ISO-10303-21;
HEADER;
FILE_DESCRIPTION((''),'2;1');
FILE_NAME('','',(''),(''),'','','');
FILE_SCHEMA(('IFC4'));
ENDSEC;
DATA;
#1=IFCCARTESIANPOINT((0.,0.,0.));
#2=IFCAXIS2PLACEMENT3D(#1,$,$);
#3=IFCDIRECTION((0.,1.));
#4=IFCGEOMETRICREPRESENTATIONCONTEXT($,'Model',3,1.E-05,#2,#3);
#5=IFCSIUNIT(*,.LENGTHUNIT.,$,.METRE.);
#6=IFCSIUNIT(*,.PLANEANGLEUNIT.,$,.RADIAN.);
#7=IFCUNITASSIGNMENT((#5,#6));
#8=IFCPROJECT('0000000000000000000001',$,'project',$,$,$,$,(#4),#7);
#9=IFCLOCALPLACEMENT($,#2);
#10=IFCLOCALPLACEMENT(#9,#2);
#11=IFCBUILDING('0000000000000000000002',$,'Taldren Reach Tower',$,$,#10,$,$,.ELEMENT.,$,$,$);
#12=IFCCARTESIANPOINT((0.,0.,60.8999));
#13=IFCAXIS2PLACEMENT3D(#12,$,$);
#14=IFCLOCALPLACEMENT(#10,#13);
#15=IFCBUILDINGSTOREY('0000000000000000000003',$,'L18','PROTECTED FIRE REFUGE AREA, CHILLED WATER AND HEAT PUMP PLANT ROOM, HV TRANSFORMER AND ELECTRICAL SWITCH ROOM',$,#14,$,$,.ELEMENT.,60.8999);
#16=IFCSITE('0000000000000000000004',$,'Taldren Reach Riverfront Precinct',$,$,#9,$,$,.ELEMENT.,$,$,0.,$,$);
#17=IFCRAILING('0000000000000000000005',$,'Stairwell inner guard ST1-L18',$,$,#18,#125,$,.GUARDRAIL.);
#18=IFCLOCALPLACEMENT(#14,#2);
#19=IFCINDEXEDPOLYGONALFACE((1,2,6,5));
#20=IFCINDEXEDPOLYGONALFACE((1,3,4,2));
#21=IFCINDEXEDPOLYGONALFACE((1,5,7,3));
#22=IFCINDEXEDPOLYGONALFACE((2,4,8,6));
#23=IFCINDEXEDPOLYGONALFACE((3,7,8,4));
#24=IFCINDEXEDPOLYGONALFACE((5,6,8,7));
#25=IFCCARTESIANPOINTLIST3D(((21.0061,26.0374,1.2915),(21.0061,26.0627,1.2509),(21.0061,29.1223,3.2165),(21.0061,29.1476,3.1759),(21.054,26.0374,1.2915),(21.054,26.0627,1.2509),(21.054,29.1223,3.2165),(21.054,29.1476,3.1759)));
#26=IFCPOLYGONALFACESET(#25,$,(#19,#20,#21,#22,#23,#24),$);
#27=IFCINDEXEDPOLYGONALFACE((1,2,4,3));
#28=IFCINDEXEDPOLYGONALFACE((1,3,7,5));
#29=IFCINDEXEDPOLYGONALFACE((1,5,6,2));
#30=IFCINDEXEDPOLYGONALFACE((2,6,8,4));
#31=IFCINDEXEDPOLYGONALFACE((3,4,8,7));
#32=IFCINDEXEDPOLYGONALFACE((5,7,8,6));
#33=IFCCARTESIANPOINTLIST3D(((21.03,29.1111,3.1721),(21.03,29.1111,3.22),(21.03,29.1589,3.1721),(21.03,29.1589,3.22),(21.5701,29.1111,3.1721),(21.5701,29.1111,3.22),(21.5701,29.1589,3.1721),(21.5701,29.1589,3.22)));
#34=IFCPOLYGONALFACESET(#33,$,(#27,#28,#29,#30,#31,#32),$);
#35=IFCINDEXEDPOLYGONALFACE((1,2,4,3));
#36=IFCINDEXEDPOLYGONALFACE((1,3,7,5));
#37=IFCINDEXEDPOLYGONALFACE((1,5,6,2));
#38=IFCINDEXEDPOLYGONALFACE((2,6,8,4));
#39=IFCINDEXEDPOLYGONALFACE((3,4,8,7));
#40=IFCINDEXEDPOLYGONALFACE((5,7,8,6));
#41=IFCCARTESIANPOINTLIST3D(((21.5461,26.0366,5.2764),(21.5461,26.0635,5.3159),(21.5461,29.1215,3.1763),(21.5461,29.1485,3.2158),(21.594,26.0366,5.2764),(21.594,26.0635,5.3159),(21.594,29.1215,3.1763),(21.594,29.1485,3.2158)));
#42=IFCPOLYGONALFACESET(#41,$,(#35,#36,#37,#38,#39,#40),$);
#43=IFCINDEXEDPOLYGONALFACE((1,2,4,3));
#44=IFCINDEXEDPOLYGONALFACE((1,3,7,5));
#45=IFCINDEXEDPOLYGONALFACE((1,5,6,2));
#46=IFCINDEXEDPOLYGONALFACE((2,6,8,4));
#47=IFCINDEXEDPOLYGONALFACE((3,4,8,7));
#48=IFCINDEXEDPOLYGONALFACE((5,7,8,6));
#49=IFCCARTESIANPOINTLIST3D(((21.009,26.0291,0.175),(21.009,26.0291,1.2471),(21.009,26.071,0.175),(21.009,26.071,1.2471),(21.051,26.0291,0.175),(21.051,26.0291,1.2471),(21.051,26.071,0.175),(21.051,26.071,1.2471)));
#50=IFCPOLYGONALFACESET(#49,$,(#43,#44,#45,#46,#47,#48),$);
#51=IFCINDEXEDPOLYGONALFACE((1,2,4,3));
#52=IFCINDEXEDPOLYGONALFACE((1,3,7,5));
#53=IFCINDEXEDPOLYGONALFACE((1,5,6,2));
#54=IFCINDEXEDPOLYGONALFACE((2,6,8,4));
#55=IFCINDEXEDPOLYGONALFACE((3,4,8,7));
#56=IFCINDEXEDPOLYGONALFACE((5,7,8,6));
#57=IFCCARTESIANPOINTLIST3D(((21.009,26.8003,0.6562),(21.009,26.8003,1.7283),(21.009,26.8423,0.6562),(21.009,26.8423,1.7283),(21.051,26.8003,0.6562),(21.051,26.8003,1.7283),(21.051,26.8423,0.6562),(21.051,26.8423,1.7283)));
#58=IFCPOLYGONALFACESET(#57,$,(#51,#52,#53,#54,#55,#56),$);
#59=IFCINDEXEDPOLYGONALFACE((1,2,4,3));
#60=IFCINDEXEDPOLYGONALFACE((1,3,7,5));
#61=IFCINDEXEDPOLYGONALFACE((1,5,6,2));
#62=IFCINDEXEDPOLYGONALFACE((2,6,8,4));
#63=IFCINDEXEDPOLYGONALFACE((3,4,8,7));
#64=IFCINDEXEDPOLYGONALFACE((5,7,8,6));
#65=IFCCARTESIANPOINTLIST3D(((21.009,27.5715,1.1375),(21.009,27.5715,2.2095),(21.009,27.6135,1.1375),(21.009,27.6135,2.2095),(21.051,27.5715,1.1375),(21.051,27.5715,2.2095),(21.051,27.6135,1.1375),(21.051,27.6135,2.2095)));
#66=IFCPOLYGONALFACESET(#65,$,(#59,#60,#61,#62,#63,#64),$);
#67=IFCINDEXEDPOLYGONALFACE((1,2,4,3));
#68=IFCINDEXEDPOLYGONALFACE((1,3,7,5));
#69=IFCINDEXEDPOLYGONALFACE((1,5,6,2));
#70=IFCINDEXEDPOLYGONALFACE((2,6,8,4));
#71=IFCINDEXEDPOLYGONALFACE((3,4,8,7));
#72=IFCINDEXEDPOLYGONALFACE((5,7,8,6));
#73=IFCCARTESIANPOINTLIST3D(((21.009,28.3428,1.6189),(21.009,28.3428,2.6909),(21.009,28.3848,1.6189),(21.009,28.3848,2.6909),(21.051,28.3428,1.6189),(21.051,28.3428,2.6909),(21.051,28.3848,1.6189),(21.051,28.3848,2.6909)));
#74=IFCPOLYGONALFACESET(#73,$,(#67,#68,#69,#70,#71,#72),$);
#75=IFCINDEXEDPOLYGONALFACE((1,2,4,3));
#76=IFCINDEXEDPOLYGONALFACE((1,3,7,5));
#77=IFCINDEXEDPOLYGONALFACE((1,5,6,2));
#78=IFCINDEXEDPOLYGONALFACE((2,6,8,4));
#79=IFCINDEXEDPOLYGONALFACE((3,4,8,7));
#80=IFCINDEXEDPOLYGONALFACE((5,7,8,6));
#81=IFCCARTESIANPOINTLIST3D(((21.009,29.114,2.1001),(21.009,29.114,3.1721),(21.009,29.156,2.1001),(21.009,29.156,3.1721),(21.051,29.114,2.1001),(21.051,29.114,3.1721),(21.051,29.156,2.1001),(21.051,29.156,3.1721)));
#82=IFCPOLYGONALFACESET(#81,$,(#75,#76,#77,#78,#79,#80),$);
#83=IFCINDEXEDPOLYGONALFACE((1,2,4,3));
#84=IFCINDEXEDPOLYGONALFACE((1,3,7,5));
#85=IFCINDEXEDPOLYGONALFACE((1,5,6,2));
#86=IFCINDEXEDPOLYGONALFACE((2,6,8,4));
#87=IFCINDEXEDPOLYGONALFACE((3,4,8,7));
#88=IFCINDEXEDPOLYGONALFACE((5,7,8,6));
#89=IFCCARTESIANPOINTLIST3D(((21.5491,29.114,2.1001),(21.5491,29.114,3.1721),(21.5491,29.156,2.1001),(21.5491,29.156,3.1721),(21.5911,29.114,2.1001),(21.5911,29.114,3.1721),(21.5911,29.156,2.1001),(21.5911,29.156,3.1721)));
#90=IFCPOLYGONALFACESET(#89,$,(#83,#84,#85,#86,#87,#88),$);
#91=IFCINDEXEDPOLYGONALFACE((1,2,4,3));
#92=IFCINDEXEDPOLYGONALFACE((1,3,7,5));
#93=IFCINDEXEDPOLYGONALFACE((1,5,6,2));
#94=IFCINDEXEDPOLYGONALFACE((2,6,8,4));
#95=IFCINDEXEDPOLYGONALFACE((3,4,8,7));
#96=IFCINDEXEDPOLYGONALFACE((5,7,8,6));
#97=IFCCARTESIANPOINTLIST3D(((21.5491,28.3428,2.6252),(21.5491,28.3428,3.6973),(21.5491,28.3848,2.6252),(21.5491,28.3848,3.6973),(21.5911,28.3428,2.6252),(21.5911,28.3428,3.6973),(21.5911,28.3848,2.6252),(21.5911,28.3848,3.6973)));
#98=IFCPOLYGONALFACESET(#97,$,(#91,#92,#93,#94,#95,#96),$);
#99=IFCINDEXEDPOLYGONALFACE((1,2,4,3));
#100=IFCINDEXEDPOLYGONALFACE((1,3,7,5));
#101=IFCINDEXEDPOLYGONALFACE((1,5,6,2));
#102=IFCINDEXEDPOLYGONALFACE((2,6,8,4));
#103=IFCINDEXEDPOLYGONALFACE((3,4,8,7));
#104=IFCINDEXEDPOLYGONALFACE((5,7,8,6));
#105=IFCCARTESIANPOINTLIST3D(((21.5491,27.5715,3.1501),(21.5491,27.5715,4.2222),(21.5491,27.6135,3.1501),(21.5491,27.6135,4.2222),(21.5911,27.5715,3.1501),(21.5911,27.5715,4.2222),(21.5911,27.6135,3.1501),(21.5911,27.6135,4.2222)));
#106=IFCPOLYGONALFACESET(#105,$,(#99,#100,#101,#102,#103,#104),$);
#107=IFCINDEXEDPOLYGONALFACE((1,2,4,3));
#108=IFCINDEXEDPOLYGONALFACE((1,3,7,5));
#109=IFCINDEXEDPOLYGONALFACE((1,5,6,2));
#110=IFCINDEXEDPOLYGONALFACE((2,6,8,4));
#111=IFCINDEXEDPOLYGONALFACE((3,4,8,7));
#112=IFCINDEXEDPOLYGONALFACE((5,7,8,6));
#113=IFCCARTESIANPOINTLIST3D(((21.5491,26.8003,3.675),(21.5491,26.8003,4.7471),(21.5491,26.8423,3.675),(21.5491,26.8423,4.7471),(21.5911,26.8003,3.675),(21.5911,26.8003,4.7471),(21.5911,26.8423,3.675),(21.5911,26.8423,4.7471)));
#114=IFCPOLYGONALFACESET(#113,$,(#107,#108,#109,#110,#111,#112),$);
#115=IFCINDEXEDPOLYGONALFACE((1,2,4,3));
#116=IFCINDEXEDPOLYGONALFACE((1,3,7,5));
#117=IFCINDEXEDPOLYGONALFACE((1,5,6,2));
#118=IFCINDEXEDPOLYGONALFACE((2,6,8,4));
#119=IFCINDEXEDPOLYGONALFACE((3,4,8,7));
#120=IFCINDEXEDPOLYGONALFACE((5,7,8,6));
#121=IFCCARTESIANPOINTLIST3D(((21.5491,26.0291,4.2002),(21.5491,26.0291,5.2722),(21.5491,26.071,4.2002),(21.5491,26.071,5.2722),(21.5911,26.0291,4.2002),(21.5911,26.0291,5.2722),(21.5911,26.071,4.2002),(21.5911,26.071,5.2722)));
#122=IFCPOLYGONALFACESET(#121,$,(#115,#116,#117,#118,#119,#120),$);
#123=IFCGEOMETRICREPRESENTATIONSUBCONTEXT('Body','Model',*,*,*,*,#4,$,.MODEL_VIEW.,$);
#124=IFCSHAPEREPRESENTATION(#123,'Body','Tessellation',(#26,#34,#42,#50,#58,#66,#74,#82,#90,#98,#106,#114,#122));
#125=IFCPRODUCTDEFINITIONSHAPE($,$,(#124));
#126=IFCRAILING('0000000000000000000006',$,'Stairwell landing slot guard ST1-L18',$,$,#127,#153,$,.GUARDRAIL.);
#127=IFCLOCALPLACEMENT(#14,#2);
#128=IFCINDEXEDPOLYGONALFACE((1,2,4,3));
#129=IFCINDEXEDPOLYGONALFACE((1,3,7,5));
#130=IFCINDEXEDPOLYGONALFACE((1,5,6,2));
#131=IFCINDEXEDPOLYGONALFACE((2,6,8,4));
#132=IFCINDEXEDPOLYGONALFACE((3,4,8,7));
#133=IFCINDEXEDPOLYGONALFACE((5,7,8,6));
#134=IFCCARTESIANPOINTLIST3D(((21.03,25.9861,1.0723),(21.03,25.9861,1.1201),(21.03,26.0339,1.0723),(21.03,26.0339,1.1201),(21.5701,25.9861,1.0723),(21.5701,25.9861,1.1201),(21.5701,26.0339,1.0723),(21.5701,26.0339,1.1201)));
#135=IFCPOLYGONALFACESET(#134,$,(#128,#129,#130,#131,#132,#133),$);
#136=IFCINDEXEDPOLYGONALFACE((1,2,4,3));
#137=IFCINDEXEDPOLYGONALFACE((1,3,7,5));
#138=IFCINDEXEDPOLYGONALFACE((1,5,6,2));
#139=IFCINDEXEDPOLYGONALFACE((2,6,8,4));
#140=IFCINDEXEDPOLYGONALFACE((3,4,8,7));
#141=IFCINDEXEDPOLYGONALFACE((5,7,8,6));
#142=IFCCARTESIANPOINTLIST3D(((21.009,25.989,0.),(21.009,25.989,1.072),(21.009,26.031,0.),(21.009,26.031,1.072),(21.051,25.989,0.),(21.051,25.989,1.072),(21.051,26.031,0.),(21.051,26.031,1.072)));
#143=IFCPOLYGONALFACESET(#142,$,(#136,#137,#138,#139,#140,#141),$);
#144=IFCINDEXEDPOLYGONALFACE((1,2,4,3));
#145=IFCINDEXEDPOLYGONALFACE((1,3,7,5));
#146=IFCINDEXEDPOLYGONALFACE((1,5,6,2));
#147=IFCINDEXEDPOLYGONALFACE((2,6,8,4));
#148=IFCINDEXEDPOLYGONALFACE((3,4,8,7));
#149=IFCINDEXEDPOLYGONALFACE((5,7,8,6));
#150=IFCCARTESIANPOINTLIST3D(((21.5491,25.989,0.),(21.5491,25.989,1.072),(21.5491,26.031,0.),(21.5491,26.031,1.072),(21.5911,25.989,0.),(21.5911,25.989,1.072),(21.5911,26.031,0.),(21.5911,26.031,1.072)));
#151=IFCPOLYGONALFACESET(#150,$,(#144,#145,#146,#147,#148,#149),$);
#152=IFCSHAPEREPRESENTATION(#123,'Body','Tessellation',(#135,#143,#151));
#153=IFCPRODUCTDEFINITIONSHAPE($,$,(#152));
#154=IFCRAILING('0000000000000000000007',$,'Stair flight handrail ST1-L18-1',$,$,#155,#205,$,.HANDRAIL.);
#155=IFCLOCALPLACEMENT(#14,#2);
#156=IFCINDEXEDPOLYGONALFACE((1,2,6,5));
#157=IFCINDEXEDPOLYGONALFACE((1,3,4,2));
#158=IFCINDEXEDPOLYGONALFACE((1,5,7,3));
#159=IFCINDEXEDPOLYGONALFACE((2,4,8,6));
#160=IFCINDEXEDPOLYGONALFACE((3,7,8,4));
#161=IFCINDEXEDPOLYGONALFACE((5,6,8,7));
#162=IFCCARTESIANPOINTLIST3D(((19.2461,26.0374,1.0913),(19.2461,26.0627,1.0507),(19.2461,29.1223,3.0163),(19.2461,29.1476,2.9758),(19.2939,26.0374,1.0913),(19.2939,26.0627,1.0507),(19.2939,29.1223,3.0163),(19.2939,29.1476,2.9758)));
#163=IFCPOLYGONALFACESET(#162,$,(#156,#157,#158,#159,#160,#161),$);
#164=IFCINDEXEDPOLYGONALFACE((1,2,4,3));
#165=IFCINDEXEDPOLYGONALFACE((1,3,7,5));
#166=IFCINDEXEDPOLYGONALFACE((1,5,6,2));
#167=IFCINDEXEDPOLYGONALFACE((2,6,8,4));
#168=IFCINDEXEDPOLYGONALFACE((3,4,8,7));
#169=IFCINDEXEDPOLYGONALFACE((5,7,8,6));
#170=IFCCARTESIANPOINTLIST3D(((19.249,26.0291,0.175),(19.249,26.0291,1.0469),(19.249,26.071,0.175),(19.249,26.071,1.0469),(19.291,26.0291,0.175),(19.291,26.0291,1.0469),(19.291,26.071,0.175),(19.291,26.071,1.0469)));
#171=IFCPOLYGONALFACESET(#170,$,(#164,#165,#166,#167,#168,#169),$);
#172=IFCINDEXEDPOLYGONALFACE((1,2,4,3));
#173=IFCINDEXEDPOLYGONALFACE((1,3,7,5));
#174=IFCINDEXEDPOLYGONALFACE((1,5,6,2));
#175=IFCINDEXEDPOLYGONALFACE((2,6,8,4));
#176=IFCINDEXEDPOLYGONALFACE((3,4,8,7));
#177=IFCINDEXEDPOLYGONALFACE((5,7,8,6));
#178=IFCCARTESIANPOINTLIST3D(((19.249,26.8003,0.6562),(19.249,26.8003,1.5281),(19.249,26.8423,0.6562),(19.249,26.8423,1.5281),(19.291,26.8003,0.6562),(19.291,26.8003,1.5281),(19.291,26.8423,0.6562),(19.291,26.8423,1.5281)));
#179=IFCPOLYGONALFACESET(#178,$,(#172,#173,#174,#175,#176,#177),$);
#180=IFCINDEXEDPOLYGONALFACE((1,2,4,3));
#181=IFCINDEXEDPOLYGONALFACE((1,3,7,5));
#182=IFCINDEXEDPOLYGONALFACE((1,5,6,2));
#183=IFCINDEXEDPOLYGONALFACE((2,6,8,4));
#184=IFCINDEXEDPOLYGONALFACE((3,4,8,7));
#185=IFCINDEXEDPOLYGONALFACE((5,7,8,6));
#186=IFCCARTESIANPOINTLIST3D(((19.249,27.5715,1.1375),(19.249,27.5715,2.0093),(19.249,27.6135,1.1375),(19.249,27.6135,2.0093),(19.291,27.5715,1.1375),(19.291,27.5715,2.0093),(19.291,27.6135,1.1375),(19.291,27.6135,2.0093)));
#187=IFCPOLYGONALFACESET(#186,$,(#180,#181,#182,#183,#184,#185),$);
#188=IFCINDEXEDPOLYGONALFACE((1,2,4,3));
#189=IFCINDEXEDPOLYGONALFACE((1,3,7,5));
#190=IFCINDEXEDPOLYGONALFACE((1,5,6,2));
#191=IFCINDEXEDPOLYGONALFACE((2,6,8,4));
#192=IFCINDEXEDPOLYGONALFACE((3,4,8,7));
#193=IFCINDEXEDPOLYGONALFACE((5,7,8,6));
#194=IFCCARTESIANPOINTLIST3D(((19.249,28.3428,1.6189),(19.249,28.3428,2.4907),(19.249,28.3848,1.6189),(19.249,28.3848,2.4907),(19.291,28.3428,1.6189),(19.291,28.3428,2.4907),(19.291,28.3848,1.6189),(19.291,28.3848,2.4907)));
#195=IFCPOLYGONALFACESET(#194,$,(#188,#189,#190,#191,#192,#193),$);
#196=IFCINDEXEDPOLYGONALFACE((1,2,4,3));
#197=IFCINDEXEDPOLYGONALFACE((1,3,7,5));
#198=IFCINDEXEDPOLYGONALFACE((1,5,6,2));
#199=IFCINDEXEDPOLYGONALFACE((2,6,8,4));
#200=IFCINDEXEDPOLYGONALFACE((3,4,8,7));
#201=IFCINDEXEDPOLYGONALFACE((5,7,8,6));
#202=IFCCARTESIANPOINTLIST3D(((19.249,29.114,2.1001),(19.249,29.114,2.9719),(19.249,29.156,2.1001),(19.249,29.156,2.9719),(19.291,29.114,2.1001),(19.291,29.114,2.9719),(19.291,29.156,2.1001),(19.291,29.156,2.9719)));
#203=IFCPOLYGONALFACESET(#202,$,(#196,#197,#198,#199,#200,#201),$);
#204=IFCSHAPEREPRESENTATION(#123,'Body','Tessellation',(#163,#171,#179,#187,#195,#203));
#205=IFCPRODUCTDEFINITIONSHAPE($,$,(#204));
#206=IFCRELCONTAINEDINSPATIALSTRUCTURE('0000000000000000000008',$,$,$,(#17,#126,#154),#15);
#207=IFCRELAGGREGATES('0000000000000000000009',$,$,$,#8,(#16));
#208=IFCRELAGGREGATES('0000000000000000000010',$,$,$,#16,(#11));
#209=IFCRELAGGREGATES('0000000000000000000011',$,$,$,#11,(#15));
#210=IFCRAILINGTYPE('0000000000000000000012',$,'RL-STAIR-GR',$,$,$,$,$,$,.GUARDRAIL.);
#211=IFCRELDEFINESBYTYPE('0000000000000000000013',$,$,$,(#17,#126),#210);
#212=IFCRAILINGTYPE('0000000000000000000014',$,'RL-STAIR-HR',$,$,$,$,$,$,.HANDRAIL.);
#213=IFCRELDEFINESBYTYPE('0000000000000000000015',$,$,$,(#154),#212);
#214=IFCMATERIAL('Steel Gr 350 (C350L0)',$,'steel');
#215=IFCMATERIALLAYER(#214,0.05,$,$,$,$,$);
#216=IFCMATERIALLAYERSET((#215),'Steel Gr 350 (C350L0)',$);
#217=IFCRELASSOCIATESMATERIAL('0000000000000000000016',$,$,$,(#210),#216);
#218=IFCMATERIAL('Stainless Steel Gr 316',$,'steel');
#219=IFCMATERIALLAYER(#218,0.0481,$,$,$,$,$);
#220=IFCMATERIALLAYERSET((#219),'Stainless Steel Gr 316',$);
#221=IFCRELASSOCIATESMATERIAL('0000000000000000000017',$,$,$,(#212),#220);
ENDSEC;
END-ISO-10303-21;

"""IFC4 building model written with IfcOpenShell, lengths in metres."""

from ifc_helpers import new_model, si_unit, direction, frame, origin, origin_2d, place, context, subcontext, project, spatial, rectangle, extrude, material, layer, layer_set, type_object, element, save


model = new_model("IFC4")

# Units and contexts
model_context = context("Model", 3, precision=1e-05, world=origin(), true_north=direction((0.0, 1.0)))
body_context = subcontext(model_context, "Body", "Model", "MODEL_VIEW")
ifc_project = project(units=[si_unit("LENGTHUNIT", "METRE"), si_unit("PLANEANGLEUNIT", "RADIAN")], contexts=[model_context])

# Site, building, storey
site_placement = place(None, origin())
site = spatial("IfcSite", under=ifc_project, at=site_placement, Name="Taldren Reach Riverfront Precinct", CompositionType="ELEMENT", RefElevation=0.0)
building_placement = place(site_placement, origin())
building = spatial("IfcBuilding", under=site, at=building_placement, Name="Taldren Reach Tower", CompositionType="ELEMENT")
storey_placement = place(building_placement, frame((0.0, 0.0, 60.8999)))
storey = spatial("IfcBuildingStorey", under=building, at=storey_placement, Name="L18", Description="PROTECTED FIRE REFUGE AREA, CHILLED WATER AND HEAT PUMP PLANT ROOM, HV TRANSFORMER AND ELECTRICAL SWITCH ROOM", CompositionType="ELEMENT", Elevation=60.8999)

# Shared definitions
ifc_material_1 = material(Name="Steel Gr 350 (C350L0)", Category="steel")

# Railings
ifc_layer_1 = layer(ifc_material_1, 0.05)
ifc_layer_set_1 = layer_set([ifc_layer_1], Name="Steel Gr 350 (C350L0)")
railing_type_1 = type_object("IfcRailingType", Name="RL-STAIR-GR", PredefinedType="GUARDRAIL", material=ifc_layer_set_1)
railing_1_placement = place(storey_placement, frame((21.03, 26.05, 0.175)))
element("IfcRailing", 1, at=railing_1_placement, inside=storey, type_object=railing_type_1, Name="Stairwell inner guard ST1-L18", PredefinedType="GUARDRAIL", context=body_context, shape_type="SweptSolid", body=[
    extrude(rectangle(XDim=0.0479, YDim=0.0479, at=origin_2d()), frame((0.0, 0.0, 1.0962), z_axis=(0.0, 0.848375, 0.529395), x_axis=(-1.0, 0.0, 0.0)), (0.0, 0.0, 1.0), 3.6362),
    extrude(rectangle(XDim=0.0479, YDim=0.0479, at=origin_2d()), frame((0.0, 3.085, 3.021), z_axis=(1.0, 0.0, 0.0), x_axis=(0.0, 1.0, 0.0)), (0.0, 0.0, 1.0), 0.54),
    extrude(rectangle(XDim=0.0479, YDim=0.0479, at=origin_2d()), frame((0.54, 3.085, 3.021), z_axis=(0.0, -0.826637, 0.562736), x_axis=(1.0, 0.0, 0.0)), (0.0, 0.0, 1.0), 3.7319),
    extrude(rectangle(XDim=0.042, YDim=0.042, at=origin_2d()), origin(), (0.0, 0.0, 1.0), 1.072),
    extrude(rectangle(XDim=0.042, YDim=0.042, at=origin_2d()), frame((0.0, 0.7712, 0.4812)), (0.0, 0.0, 1.0), 1.072),
    extrude(rectangle(XDim=0.042, YDim=0.042, at=origin_2d()), frame((0.0, 1.5425, 0.9624)), (0.0, 0.0, 1.0), 1.072),
    extrude(rectangle(XDim=0.042, YDim=0.042, at=origin_2d()), frame((0.0, 2.3137, 1.4438)), (0.0, 0.0, 1.0), 1.072),
    extrude(rectangle(XDim=0.042, YDim=0.042, at=origin_2d()), frame((0.0, 3.085, 1.925)), (0.0, 0.0, 1.0), 1.072),
    extrude(rectangle(XDim=0.042, YDim=0.042, at=origin_2d()), frame((0.54, 3.085, 1.925)), (0.0, 0.0, 1.0), 1.072),
    extrude(rectangle(XDim=0.042, YDim=0.042, at=origin_2d()), frame((0.54, 2.3137, 2.4502)), (0.0, 0.0, 1.0), 1.072),
    extrude(rectangle(XDim=0.042, YDim=0.042, at=origin_2d()), frame((0.54, 1.5425, 2.9751)), (0.0, 0.0, 1.0), 1.072),
    extrude(rectangle(XDim=0.042, YDim=0.042, at=origin_2d()), frame((0.54, 0.7712, 3.5)), (0.0, 0.0, 1.0), 1.072),
    extrude(rectangle(XDim=0.042, YDim=0.042, at=origin_2d()), frame((0.54, 0.0, 4.0251)), (0.0, 0.0, 1.0), 1.072),
])
railing_2_placement = place(storey_placement, frame((21.03, 26.01, 0.0)))
element("IfcRailing", 2, at=railing_2_placement, inside=storey, type_object=railing_type_1, Name="Stairwell landing slot guard ST1-L18", PredefinedType="GUARDRAIL", context=body_context, shape_type="SweptSolid", body=[
    extrude(rectangle(XDim=0.0479, YDim=0.0479, at=origin_2d()), frame((0.0, 0.0, 1.0962), z_axis=(1.0, 0.0, 0.0), x_axis=(0.0, 1.0, 0.0)), (0.0, 0.0, 1.0), 0.54),
    extrude(rectangle(XDim=0.042, YDim=0.042, at=origin_2d()), origin(), (0.0, 0.0, 1.0), 1.072),
    extrude(rectangle(XDim=0.042, YDim=0.042, at=origin_2d()), frame((0.54, 0.0, 0.0)), (0.0, 0.0, 1.0), 1.072),
])
ifc_material_2 = material(Name="Stainless Steel Gr 316", Category="steel")
ifc_layer_2 = layer(ifc_material_2, 0.0481)
ifc_layer_set_2 = layer_set([ifc_layer_2], Name="Stainless Steel Gr 316")
railing_type_2 = type_object("IfcRailingType", Name="RL-STAIR-HR", PredefinedType="HANDRAIL", material=ifc_layer_set_2)
railing_3_placement = place(storey_placement, frame((19.27, 26.05, 0.175)))
element("IfcRailing", 3, at=railing_3_placement, inside=storey, type_object=railing_type_2, Name="Stair flight handrail ST1-L18-1", PredefinedType="HANDRAIL", context=body_context, shape_type="SweptSolid", body=[
    extrude(rectangle(XDim=0.0479, YDim=0.0479, at=origin_2d()), frame((0.0, 0.0, 0.896), z_axis=(0.0, 0.848375, 0.529395), x_axis=(-1.0, 0.0, 0.0)), (0.0, 0.0, 1.0), 3.6362),
    extrude(rectangle(XDim=0.042, YDim=0.042, at=origin_2d()), origin(), (0.0, 0.0, 1.0), 0.8718),
    extrude(rectangle(XDim=0.042, YDim=0.042, at=origin_2d()), frame((0.0, 0.7712, 0.4812)), (0.0, 0.0, 1.0), 0.8718),
    extrude(rectangle(XDim=0.042, YDim=0.042, at=origin_2d()), frame((0.0, 1.5425, 0.9624)), (0.0, 0.0, 1.0), 0.8718),
    extrude(rectangle(XDim=0.042, YDim=0.042, at=origin_2d()), frame((0.0, 2.3137, 1.4438)), (0.0, 0.0, 1.0), 0.8718),
    extrude(rectangle(XDim=0.042, YDim=0.042, at=origin_2d()), frame((0.0, 3.085, 1.925)), (0.0, 0.0, 1.0), 0.8718),
])

save(model, "model.ifc")
